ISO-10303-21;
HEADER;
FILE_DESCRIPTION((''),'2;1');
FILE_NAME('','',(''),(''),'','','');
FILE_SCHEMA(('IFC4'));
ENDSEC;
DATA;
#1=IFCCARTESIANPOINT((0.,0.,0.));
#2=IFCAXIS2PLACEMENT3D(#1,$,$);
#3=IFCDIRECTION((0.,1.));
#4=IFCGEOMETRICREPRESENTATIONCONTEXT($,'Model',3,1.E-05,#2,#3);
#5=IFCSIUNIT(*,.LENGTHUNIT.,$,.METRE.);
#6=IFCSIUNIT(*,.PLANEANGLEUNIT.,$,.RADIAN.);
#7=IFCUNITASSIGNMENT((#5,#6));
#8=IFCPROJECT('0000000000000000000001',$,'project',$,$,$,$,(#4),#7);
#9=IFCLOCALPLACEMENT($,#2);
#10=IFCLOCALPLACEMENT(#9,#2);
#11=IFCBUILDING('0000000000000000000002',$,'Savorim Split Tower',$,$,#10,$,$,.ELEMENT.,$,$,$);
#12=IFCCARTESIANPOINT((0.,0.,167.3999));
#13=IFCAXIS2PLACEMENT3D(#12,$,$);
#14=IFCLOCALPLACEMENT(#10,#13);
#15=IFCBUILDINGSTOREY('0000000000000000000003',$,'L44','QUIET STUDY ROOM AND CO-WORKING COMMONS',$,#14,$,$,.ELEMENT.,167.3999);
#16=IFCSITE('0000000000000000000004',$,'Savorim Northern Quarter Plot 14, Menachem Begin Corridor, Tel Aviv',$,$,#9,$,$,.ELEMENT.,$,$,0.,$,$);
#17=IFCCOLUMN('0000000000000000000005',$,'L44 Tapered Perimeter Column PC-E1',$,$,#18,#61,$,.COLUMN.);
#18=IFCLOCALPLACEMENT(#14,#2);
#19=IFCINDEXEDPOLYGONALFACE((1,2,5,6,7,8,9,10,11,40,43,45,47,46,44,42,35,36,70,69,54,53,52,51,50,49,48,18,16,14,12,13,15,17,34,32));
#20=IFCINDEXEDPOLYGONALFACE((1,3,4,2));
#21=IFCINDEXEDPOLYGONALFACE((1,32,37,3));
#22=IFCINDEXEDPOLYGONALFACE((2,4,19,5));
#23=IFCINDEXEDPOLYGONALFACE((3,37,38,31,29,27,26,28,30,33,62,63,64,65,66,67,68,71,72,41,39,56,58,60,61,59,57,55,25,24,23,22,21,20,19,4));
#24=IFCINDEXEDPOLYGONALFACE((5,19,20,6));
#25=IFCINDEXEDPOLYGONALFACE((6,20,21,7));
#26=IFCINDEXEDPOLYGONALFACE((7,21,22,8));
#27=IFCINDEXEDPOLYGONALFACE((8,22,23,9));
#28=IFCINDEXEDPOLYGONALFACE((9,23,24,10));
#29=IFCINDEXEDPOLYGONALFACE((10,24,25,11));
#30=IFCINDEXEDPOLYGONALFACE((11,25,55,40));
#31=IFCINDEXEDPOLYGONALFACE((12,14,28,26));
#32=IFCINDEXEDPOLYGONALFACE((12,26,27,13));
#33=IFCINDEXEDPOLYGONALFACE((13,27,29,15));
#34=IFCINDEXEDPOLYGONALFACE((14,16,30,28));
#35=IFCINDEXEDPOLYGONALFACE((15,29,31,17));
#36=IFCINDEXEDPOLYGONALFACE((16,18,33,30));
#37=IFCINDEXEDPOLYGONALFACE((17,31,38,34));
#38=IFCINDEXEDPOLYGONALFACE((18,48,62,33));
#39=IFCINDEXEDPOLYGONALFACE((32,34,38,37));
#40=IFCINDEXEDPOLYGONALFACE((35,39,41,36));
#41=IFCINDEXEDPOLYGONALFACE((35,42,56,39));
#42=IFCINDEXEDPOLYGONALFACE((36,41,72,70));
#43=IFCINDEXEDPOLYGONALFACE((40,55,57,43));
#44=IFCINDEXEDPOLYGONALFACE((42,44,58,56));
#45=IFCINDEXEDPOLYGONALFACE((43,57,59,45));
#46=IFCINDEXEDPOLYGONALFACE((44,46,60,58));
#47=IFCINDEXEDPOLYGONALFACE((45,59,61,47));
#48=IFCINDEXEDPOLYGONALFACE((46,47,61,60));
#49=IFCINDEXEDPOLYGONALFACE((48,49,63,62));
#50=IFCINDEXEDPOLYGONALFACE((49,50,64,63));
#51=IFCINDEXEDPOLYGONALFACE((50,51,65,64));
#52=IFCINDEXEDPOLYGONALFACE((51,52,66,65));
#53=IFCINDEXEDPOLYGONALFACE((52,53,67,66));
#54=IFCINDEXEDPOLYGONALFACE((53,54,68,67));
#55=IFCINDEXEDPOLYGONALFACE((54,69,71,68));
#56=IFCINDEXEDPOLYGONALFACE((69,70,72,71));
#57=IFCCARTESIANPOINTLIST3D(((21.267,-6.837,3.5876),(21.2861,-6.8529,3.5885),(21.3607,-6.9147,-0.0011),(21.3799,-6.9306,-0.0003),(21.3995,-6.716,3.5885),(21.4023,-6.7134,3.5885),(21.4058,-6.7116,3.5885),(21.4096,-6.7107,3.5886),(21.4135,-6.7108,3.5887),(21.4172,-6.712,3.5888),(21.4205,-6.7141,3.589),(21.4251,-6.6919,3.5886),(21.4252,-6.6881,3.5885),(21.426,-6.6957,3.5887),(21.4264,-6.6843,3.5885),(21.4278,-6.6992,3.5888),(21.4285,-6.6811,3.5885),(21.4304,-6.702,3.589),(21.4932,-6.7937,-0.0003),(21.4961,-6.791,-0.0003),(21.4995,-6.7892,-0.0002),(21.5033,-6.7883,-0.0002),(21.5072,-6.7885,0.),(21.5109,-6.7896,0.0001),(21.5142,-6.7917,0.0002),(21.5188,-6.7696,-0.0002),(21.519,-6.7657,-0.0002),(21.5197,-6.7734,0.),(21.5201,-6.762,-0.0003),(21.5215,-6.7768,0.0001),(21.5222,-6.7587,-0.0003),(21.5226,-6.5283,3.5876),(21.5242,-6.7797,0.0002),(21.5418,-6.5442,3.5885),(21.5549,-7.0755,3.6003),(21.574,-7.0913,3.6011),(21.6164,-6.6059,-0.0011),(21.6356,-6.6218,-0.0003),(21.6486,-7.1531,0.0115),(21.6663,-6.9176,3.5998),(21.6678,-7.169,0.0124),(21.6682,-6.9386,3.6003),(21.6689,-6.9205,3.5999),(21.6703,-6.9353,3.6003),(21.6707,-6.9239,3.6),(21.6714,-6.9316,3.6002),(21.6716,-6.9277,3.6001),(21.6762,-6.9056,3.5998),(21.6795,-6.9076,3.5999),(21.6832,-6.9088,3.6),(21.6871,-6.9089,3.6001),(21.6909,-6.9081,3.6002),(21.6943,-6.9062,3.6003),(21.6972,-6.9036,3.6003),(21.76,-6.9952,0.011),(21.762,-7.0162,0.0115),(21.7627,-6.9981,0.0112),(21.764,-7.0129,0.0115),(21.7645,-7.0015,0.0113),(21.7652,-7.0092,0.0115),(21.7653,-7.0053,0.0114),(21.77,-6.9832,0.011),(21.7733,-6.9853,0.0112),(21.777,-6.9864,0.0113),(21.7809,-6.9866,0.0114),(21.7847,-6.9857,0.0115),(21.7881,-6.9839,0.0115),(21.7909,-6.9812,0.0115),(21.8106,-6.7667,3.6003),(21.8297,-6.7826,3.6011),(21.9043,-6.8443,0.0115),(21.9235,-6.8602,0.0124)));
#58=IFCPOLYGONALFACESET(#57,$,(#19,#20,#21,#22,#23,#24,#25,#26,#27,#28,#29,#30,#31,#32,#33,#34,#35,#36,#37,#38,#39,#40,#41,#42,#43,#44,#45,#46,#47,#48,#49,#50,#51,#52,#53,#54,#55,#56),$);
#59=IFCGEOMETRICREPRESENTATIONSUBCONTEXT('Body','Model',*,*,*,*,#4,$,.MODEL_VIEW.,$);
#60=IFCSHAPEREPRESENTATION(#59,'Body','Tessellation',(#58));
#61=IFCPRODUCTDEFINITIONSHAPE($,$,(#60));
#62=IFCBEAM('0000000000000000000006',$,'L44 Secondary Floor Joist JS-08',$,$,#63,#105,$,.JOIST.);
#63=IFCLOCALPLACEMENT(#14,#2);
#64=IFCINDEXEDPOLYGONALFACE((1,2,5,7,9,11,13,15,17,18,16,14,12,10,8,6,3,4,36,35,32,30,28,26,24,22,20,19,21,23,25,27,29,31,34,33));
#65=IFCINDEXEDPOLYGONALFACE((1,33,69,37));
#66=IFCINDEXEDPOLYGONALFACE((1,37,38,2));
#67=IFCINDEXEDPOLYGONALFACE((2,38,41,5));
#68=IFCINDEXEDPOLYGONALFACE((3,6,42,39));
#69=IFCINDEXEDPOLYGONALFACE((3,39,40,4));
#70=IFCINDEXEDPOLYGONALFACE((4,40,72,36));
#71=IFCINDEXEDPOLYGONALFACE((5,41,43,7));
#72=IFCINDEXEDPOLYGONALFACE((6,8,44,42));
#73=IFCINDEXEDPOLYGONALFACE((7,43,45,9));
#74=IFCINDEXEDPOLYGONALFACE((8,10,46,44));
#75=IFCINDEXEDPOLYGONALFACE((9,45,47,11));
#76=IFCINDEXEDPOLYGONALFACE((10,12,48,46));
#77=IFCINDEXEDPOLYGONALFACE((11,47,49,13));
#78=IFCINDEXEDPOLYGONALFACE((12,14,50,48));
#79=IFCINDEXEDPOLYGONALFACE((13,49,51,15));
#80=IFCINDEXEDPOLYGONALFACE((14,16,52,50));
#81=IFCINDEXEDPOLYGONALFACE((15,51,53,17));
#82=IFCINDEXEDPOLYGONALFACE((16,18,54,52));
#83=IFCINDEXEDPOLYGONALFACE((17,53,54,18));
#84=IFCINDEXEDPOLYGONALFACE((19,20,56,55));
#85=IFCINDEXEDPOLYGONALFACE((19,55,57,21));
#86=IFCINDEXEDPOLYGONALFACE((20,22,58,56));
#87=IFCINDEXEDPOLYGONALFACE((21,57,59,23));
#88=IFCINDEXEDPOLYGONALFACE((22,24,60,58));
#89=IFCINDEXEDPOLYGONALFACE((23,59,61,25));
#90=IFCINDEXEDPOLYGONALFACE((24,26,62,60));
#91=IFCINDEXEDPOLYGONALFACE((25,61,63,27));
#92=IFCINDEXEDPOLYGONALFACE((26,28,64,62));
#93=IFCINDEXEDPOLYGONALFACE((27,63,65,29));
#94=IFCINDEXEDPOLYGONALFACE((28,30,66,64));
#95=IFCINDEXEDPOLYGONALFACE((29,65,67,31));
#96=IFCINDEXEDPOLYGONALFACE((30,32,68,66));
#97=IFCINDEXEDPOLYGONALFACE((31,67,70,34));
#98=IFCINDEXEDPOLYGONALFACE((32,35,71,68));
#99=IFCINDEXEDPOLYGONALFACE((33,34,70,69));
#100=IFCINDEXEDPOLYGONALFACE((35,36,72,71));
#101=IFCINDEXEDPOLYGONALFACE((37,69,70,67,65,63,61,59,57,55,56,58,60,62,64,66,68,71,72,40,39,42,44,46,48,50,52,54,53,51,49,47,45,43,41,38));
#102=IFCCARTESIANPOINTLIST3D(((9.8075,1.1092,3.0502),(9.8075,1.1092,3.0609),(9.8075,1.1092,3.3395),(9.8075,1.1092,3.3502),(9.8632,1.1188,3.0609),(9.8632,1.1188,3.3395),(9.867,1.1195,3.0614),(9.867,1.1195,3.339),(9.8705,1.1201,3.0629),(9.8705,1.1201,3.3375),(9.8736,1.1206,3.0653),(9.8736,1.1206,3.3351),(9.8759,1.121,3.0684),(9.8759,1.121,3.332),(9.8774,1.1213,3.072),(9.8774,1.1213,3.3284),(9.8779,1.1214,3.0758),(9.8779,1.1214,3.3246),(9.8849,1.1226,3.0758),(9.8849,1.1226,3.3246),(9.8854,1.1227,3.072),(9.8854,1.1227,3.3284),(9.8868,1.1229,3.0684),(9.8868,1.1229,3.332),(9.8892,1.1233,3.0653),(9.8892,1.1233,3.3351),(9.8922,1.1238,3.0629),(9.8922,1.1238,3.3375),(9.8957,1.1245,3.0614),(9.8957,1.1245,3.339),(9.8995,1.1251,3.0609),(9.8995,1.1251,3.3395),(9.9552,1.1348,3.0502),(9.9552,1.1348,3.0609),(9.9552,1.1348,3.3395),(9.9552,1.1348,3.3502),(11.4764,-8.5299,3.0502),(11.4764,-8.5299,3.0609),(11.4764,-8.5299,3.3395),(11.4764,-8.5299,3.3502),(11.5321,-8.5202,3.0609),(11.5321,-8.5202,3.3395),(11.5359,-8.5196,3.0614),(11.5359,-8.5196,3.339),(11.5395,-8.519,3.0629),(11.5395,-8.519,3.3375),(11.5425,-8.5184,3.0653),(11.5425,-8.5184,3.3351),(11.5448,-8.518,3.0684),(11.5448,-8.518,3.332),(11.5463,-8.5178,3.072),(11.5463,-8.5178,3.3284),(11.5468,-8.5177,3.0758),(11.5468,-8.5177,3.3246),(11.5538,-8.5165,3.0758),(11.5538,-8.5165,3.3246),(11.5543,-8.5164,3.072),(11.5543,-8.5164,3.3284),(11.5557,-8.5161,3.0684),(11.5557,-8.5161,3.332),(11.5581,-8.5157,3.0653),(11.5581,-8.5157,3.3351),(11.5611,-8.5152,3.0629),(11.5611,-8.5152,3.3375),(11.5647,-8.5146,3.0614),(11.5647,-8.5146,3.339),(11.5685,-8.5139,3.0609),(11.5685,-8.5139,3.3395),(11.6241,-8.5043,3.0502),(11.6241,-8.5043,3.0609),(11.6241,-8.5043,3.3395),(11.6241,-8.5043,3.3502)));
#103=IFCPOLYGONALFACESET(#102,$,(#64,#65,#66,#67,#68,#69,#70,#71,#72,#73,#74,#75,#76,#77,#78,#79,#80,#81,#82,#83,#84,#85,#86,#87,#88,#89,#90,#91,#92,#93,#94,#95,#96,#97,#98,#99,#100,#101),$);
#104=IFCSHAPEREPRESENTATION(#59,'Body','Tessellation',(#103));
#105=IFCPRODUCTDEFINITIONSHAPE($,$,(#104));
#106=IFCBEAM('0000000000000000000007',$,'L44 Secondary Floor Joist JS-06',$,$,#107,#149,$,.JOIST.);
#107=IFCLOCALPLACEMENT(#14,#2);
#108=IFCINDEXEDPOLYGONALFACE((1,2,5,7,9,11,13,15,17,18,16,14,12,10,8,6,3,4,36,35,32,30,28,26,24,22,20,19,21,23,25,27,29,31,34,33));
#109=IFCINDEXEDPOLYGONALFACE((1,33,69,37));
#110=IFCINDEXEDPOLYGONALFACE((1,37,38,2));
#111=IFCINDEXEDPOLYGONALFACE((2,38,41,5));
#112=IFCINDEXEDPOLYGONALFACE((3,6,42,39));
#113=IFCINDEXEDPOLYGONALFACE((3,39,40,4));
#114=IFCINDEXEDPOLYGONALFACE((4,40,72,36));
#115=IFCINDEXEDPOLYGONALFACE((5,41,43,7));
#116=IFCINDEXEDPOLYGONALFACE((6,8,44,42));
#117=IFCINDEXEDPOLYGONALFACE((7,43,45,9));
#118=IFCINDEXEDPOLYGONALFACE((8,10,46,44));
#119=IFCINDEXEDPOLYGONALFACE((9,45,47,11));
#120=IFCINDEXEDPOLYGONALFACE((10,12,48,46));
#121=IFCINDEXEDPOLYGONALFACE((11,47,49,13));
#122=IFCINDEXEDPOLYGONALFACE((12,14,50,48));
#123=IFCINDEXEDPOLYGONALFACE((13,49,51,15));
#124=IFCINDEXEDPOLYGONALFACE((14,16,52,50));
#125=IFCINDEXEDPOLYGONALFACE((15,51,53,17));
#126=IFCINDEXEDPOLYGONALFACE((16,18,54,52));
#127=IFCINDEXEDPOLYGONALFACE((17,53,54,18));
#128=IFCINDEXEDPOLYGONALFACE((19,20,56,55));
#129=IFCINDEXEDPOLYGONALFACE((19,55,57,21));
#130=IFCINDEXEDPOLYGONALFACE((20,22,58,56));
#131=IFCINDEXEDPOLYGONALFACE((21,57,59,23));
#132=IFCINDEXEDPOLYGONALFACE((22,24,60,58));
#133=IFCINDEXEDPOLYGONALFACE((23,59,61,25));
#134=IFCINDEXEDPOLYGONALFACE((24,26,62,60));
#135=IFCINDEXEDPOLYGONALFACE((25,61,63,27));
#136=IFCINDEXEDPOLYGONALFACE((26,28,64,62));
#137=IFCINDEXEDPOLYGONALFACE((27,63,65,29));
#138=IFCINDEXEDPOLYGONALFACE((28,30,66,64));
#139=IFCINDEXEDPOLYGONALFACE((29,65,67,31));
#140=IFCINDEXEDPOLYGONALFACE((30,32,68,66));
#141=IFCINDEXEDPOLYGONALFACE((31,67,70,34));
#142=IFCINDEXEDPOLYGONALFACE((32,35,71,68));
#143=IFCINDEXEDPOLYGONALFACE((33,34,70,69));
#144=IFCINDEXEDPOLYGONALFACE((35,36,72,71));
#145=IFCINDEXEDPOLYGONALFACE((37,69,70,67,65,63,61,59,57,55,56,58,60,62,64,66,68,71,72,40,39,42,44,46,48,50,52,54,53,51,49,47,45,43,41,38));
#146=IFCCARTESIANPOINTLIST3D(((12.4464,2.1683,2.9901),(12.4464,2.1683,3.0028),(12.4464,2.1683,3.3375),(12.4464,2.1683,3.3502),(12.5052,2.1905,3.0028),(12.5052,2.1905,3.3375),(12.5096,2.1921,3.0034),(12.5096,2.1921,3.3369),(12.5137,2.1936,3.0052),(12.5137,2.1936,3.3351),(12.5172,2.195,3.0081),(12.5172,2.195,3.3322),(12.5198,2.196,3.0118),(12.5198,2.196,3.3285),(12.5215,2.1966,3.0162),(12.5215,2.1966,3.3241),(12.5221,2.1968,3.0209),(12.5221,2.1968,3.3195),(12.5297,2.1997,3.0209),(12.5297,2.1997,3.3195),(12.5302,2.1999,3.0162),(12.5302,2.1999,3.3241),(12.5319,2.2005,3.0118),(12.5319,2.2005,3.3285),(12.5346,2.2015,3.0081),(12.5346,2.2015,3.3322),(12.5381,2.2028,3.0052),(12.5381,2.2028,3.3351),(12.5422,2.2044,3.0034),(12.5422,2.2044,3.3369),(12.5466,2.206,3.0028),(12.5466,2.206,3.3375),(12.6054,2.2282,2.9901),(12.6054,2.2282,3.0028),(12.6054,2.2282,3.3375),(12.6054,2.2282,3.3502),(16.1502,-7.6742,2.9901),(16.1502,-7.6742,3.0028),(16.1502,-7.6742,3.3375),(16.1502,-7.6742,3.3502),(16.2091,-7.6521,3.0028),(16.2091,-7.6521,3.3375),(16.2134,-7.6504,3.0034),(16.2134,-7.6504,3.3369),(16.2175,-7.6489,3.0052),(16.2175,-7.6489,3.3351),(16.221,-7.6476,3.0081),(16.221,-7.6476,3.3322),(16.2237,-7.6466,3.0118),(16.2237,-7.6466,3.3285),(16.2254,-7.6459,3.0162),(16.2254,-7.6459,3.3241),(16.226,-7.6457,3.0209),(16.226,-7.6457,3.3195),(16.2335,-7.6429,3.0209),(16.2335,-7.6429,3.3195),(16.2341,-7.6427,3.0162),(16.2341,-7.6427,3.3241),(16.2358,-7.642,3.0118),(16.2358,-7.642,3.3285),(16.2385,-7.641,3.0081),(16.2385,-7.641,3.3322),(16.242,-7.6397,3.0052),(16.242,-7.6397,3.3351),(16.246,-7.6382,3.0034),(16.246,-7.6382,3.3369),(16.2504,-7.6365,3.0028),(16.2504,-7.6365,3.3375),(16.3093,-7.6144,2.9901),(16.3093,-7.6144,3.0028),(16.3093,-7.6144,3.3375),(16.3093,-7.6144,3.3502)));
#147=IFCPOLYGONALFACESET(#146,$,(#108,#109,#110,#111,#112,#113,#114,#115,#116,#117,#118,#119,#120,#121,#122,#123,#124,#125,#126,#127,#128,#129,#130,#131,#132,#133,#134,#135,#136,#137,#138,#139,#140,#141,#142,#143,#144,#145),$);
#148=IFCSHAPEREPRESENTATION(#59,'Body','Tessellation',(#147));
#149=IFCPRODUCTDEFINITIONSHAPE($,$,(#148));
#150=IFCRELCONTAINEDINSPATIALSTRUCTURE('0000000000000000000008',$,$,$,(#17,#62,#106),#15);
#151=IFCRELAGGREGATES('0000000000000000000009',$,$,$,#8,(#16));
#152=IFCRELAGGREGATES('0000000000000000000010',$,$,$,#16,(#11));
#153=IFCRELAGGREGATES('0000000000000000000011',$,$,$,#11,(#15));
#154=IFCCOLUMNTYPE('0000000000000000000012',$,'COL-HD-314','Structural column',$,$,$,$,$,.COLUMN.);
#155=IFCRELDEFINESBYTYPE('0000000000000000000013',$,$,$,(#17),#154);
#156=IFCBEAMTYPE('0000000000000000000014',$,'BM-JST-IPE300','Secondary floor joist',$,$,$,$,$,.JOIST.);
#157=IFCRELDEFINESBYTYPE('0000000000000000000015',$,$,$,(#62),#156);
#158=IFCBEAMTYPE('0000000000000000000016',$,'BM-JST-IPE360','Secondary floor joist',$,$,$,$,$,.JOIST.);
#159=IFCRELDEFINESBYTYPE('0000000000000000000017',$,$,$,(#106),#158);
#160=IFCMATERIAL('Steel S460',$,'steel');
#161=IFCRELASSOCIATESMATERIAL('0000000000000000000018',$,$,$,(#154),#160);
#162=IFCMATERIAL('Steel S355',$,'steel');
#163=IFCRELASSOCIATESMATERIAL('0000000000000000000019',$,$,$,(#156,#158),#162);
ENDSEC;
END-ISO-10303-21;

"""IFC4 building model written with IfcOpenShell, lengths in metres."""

from ifc_helpers import new_model, si_unit, direction, frame, origin, origin_2d, place, context, subcontext, project, spatial, i_section, extrude, material, material_profile, profile_set, type_object, element, save


model = new_model("IFC4")

# Units and contexts
model_context = context("Model", 3, precision=1e-05, world=origin(), true_north=direction((0.0, 1.0)))
body_context = subcontext(model_context, "Body", "Model", "MODEL_VIEW")
ifc_project = project(units=[si_unit("LENGTHUNIT", "METRE"), si_unit("PLANEANGLEUNIT", "RADIAN")], contexts=[model_context])

# Site, building, storey
site_placement = place(None, origin())
site = spatial("IfcSite", under=ifc_project, at=site_placement, Name="Savorim Northern Quarter Plot 14, Menachem Begin Corridor, Tel Aviv", CompositionType="ELEMENT", RefElevation=0.0)
building_placement = place(site_placement, origin())
building = spatial("IfcBuilding", under=site, at=building_placement, Name="Savorim Split Tower", CompositionType="ELEMENT")
storey_placement = place(building_placement, frame((0.0, 0.0, 167.3999)))
storey = spatial("IfcBuildingStorey", under=building, at=storey_placement, Name="L44", Description="QUIET STUDY ROOM AND CO-WORKING COMMONS", CompositionType="ELEMENT", Elevation=167.3999)

# Column
ifc_material_1 = material(Name="Steel S460", Category="steel")
ifc_material_profile_1 = material_profile(ifc_material_1, i_section(OverallWidth=0.4009, OverallDepth=0.3989, WebThickness=0.0156, FlangeThickness=0.0249, FilletRadius=0.0149, at=origin_2d()), Name="HD 400x314")
ifc_profile_set_1 = profile_set([ifc_material_profile_1], Name="Steel S460")
column_type = type_object("IfcColumnType", Name="COL-HD-314", Description="Structural column", PredefinedType="COLUMN", material=ifc_profile_set_1)
column_placement = place(storey_placement, frame((21.6421, -6.8875, 0.0056), z_axis=(-0.026107, 0.02162, 0.999425), x_axis=(-0.637814, -0.77019, 0.0)))
element("IfcColumn", 1, at=column_placement, inside=storey, type_object=column_type, Name="L44 Tapered Perimeter Column PC-E1", PredefinedType="COLUMN", context=body_context, shape_type="SweptSolid", body=[
    extrude(i_section(OverallWidth=0.4009, OverallDepth=0.3989, WebThickness=0.0156, FlangeThickness=0.0249, FilletRadius=0.0149, at=origin_2d()), origin(), (0.0, 0.0, 1.0), 3.5908),
])

# Beams
ifc_material_2 = material(Name="Steel S355", Category="steel")
ifc_material_profile_2 = material_profile(ifc_material_2, i_section(OverallWidth=0.1499, OverallDepth=0.3, WebThickness=0.0071, FlangeThickness=0.0107, FilletRadius=0.0149, at=origin_2d()), Name="IPE 300")
ifc_profile_set_2 = profile_set([ifc_material_profile_2], Name="Steel S355")
beam_type_1 = type_object("IfcBeamType", Name="BM-JST-IPE300", Description="Secondary floor joist", PredefinedType="JOIST", material=ifc_profile_set_2)
beam_1_placement = place(storey_placement, frame((11.5503, -8.5171, 3.2002), z_axis=(-0.170604, 0.98534, 0.0), x_axis=(-0.98534, -0.170604, 0.0)))
element("IfcBeam", 2, at=beam_1_placement, inside=storey, type_object=beam_type_1, Name="L44 Secondary Floor Joist JS-08", PredefinedType="JOIST", context=body_context, shape_type="SweptSolid", body=[
    extrude(i_section(OverallWidth=0.1499, OverallDepth=0.3, WebThickness=0.0071, FlangeThickness=0.0107, FilletRadius=0.0149, at=origin_2d()), origin(), (0.0, 0.0, 1.0), 9.7825),
])
ifc_material_profile_3 = material_profile(ifc_material_2, i_section(OverallWidth=0.1699, OverallDepth=0.3601, WebThickness=0.0081, FlangeThickness=0.0127, FilletRadius=0.0181, at=origin_2d()), Name="IPE 360")
ifc_profile_set_3 = profile_set([ifc_material_profile_3], Name="Steel S355")
beam_type_2 = type_object("IfcBeamType", Name="BM-JST-IPE360", Description="Secondary floor joist", PredefinedType="JOIST", material=ifc_profile_set_3)
beam_2_placement = place(storey_placement, frame((16.2297, -7.6443, 3.1702), z_axis=(-0.352199, 0.935925, 0.0), x_axis=(-0.935925, -0.352199, 0.0)))
element("IfcBeam", 3, at=beam_2_placement, inside=storey, type_object=beam_type_2, Name="L44 Secondary Floor Joist JS-06", PredefinedType="JOIST", context=body_context, shape_type="SweptSolid", body=[
    extrude(i_section(OverallWidth=0.1699, OverallDepth=0.3601, WebThickness=0.0081, FlangeThickness=0.0127, FilletRadius=0.0181, at=origin_2d()), origin(), (0.0, 0.0, 1.0), 10.5164),
])

save(model, "model.ifc")
